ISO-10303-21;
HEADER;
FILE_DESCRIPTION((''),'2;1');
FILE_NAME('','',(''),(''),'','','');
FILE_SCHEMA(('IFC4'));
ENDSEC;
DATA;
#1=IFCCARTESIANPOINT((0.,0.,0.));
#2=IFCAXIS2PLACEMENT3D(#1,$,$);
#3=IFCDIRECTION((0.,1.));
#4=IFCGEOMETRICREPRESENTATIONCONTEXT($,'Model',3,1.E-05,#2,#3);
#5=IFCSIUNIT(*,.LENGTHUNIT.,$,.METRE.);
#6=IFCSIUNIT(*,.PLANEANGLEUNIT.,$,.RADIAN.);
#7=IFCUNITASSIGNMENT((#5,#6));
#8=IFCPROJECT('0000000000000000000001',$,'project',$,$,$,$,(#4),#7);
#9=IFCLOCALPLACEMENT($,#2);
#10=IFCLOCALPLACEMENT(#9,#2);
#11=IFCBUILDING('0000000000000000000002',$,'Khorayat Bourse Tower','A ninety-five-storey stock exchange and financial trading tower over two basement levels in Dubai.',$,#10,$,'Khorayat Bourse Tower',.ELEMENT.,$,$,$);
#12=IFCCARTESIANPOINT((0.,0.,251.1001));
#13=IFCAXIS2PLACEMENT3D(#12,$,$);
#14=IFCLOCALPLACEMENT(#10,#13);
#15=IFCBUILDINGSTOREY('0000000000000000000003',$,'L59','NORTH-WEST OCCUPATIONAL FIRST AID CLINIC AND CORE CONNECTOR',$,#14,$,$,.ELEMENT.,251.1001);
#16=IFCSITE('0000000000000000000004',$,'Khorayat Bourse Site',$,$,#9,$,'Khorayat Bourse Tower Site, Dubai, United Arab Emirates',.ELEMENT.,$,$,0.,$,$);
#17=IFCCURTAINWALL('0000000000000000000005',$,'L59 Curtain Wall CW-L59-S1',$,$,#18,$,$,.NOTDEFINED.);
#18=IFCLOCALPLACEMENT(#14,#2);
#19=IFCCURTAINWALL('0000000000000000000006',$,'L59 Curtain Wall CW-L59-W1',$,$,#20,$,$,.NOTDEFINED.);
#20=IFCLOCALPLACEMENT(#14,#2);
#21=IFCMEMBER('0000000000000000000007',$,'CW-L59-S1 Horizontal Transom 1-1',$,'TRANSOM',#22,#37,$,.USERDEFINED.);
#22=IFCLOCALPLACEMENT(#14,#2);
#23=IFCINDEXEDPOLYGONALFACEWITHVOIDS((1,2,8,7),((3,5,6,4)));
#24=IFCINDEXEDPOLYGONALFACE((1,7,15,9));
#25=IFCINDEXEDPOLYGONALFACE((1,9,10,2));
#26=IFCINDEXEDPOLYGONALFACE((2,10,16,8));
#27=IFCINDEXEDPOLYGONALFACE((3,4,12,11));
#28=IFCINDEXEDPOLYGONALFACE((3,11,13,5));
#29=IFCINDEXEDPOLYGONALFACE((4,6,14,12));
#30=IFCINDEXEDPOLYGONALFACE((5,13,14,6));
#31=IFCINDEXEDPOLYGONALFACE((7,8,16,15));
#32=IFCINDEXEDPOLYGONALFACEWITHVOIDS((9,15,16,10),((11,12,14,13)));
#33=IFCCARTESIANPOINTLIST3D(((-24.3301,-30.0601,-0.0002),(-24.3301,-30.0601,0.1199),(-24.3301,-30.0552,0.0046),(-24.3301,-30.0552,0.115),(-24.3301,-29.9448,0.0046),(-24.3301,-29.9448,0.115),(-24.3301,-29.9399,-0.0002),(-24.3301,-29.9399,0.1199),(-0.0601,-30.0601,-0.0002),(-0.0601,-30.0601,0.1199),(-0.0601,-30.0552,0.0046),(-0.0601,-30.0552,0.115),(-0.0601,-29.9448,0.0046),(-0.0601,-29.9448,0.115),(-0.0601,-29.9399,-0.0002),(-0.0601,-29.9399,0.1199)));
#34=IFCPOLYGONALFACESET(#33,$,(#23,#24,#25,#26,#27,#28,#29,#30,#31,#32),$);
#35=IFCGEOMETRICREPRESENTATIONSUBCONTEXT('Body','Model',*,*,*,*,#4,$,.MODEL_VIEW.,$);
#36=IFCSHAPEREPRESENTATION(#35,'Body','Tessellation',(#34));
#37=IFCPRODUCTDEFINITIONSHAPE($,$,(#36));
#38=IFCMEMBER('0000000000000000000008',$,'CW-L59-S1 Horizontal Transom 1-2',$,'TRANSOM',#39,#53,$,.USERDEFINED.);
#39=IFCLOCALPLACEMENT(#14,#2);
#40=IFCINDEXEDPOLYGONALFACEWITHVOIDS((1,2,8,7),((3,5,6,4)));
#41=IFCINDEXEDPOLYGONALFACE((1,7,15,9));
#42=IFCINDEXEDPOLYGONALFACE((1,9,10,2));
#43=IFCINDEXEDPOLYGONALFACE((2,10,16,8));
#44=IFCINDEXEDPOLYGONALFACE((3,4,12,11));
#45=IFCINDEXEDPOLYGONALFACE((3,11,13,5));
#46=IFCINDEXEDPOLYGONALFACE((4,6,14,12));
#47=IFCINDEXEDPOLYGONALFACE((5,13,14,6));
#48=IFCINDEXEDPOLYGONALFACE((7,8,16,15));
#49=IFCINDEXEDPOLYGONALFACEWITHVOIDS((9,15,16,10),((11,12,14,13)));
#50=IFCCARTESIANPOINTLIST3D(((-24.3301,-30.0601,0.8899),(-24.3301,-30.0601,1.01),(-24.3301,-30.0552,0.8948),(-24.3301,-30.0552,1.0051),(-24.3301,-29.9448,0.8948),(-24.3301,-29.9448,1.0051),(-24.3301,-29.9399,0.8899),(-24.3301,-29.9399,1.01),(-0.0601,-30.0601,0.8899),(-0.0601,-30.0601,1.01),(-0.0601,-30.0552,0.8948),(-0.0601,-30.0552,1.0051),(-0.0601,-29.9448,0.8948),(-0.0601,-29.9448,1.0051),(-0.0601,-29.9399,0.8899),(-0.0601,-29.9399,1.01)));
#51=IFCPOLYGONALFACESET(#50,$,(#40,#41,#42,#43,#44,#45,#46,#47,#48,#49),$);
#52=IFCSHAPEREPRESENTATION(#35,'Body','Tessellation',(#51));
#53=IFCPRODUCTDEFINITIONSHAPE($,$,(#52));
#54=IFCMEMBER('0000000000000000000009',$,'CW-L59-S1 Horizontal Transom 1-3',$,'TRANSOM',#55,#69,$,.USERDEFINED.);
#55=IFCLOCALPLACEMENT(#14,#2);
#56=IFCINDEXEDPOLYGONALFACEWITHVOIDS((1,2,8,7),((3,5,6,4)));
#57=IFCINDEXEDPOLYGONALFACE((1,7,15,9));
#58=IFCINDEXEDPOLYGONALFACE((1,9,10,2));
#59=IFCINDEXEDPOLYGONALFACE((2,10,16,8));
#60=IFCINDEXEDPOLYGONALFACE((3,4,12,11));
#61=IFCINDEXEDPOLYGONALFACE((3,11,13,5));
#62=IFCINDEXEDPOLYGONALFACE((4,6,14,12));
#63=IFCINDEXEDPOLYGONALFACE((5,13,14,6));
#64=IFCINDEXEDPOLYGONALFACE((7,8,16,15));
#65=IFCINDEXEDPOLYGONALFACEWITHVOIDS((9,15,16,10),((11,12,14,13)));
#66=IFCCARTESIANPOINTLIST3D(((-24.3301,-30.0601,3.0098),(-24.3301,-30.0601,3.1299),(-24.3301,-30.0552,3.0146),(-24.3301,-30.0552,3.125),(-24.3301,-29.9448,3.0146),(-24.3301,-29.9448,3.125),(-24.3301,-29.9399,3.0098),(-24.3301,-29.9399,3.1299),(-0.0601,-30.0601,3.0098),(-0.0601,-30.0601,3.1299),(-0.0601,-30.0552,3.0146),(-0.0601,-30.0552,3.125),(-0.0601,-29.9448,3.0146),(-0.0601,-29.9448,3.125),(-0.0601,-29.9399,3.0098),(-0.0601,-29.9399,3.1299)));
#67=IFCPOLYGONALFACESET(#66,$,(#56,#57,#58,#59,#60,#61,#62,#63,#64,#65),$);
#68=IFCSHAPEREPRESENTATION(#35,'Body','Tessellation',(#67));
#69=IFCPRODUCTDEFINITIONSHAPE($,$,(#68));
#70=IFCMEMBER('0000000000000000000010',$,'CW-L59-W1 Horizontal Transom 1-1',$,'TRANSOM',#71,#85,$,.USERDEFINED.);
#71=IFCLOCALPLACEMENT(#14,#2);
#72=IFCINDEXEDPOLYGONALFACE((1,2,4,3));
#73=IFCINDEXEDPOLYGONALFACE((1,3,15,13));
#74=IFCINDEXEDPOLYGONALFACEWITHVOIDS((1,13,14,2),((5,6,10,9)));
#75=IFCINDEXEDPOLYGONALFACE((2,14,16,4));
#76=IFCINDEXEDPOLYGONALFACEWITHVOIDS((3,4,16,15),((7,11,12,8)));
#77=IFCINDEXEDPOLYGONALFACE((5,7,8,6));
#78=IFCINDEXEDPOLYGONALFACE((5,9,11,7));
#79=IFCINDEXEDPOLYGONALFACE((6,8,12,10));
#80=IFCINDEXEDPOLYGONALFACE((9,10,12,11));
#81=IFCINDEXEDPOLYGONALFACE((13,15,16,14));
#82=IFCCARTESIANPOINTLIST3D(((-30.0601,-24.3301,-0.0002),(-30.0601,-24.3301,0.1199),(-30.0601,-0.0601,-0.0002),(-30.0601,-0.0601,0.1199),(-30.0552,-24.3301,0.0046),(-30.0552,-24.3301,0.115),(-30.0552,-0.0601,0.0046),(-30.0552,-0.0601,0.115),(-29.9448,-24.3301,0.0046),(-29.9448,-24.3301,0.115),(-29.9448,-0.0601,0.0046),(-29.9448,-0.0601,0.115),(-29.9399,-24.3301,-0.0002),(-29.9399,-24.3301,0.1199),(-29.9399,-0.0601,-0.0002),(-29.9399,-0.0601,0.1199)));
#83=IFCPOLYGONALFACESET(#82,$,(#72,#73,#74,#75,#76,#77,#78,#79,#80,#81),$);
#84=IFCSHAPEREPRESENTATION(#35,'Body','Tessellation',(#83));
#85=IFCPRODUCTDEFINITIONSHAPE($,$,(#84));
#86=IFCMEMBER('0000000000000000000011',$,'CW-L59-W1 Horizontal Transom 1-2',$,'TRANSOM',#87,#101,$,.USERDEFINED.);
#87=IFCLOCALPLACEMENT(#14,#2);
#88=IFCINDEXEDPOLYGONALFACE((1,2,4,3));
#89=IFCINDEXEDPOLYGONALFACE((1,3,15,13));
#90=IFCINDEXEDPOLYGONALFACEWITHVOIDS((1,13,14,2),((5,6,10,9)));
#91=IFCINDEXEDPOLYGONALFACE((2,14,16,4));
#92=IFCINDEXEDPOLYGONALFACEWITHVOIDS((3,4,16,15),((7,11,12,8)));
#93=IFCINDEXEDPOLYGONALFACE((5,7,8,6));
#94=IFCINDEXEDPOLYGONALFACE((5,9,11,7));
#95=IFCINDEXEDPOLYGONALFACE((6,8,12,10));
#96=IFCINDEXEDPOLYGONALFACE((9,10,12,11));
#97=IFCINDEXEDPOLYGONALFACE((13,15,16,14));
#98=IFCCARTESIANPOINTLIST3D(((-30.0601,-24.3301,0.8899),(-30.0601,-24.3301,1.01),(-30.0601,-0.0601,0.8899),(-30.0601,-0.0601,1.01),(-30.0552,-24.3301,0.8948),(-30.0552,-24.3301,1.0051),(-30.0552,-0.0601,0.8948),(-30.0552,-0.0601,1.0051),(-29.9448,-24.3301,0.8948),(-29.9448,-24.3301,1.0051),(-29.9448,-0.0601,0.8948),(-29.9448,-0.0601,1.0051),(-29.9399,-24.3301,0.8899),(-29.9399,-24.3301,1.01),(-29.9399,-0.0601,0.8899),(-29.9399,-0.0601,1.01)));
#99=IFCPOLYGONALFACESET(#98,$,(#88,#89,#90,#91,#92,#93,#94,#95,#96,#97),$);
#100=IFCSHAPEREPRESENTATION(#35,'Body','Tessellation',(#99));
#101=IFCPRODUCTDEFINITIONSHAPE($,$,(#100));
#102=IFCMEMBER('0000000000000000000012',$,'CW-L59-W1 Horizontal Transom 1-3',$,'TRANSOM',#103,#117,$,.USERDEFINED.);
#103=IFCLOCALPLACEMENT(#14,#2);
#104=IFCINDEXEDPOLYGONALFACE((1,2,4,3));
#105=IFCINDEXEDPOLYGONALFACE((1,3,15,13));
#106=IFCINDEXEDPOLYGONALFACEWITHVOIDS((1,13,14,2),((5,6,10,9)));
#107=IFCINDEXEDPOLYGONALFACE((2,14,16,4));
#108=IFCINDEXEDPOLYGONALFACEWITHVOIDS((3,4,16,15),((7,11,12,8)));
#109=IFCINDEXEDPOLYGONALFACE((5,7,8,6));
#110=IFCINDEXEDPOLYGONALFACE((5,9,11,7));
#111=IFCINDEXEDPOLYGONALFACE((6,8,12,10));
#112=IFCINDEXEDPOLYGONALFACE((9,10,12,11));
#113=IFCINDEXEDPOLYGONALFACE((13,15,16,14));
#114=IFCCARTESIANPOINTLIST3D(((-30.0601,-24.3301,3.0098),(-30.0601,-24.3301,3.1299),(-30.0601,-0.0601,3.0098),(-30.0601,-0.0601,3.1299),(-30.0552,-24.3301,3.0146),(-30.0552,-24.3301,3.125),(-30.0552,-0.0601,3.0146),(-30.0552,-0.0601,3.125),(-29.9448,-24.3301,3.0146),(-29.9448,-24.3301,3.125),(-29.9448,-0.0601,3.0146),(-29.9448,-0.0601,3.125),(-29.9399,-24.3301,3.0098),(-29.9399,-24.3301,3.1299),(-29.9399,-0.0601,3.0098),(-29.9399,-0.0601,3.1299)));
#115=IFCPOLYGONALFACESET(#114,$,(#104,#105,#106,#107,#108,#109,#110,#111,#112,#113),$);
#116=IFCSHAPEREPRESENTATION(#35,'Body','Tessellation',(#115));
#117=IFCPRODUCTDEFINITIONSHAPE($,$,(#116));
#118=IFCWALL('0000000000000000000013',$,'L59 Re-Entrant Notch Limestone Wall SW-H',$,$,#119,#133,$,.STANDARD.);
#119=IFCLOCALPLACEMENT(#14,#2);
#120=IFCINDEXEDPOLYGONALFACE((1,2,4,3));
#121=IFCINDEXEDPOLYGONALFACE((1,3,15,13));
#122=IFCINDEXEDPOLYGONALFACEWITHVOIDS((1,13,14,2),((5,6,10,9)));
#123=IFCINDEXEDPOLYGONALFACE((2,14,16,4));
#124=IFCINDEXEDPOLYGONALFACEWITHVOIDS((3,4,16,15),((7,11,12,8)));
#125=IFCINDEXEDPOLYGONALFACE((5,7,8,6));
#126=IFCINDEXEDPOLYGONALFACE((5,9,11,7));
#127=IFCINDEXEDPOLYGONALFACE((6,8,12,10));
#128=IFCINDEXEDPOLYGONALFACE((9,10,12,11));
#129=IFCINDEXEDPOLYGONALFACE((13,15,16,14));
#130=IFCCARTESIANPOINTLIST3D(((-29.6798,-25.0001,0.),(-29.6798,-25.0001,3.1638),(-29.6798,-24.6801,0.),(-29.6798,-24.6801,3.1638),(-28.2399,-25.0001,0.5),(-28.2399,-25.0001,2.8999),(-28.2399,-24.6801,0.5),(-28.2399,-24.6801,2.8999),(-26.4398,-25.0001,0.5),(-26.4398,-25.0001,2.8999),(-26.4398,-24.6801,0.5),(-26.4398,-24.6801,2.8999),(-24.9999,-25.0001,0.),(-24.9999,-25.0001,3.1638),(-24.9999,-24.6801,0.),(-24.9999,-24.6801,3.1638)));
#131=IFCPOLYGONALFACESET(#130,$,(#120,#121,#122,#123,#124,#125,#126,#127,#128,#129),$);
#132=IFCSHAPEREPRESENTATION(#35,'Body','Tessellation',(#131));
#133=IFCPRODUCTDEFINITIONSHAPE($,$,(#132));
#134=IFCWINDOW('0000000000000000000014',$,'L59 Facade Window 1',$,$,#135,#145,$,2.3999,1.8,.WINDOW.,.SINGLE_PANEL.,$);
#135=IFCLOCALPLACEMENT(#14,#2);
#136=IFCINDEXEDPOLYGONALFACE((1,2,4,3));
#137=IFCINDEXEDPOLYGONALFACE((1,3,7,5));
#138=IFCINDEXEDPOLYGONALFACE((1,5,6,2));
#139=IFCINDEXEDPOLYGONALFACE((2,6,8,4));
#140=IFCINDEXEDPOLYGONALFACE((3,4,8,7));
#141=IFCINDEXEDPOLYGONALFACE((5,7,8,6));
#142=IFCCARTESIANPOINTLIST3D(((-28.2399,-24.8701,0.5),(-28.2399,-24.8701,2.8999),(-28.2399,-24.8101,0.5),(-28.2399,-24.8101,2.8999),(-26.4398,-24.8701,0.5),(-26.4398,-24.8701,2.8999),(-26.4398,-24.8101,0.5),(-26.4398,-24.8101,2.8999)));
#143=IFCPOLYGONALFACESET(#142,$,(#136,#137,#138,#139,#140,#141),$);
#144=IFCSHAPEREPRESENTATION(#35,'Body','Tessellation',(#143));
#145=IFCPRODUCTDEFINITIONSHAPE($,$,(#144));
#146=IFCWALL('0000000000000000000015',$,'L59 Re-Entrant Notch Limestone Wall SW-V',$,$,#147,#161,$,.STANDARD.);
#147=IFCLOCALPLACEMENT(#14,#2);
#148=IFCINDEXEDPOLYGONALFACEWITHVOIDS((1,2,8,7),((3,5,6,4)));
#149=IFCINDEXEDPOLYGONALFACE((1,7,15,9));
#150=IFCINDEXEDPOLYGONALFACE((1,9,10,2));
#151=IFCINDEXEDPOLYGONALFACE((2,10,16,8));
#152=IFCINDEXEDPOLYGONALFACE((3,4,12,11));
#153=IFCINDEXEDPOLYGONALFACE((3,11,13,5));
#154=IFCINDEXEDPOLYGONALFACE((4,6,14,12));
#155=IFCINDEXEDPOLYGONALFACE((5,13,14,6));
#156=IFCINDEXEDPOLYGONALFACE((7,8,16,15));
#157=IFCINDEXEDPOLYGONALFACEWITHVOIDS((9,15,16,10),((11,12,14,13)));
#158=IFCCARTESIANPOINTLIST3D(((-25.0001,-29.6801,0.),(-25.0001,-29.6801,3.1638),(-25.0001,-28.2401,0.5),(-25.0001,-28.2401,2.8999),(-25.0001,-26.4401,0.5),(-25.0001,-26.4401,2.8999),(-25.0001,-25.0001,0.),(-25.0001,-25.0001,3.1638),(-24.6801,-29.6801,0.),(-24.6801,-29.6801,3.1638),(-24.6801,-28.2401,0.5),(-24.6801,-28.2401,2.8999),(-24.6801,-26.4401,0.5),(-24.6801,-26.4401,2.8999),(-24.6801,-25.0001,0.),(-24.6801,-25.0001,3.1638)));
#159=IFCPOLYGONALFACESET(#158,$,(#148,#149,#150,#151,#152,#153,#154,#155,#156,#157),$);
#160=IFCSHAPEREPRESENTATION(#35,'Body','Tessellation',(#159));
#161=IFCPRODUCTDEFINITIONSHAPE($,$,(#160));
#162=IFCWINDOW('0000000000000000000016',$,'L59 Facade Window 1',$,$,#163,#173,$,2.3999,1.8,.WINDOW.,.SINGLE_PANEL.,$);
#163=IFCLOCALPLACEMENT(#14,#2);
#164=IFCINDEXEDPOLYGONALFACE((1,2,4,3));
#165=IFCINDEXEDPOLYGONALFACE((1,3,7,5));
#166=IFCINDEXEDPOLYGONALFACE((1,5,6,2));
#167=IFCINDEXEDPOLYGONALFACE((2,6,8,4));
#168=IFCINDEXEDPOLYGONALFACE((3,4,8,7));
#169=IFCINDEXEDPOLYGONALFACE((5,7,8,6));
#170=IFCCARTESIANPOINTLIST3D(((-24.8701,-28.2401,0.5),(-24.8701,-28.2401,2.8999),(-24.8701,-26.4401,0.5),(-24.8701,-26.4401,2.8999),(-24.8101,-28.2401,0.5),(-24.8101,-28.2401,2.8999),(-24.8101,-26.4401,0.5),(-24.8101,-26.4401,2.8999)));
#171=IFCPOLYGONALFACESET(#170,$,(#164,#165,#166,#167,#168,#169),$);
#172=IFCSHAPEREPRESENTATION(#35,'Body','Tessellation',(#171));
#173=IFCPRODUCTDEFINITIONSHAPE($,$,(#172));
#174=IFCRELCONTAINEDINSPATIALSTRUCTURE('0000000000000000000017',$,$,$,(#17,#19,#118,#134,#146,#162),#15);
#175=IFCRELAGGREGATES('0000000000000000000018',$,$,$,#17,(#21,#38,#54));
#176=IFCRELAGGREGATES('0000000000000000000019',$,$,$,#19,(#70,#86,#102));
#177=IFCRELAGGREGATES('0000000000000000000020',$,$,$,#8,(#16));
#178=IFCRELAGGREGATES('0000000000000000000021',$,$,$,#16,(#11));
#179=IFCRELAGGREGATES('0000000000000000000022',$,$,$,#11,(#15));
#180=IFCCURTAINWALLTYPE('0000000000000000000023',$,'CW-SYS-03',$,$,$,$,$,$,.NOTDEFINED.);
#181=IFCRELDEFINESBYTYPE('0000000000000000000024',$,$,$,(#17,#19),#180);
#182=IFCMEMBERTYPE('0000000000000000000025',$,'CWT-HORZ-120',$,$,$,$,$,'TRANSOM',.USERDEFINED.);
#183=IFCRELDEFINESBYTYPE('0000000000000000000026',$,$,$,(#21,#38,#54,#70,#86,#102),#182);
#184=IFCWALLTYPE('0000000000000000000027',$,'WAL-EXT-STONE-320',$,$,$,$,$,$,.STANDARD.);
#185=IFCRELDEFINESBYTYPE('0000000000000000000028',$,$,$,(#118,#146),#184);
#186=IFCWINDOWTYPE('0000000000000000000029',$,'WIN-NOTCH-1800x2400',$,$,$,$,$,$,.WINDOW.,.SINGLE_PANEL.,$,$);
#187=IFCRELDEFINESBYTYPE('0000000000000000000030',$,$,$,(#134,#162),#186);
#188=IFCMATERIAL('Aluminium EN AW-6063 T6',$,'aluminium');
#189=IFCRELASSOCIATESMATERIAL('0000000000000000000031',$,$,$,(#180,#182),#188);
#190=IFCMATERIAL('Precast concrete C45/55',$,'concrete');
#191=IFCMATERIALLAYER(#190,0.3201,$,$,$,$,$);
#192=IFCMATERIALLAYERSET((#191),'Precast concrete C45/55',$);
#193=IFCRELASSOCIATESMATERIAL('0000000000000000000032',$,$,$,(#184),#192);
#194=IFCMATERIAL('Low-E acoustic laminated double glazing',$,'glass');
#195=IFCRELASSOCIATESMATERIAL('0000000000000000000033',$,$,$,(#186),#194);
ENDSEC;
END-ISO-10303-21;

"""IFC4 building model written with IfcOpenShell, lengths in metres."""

from ifc_helpers import new_model, si_unit, direction, frame, frame_2d, origin, origin_2d, place, context, subcontext, project, spatial, rectangle, hollow_rectangle, extrude, source, transform, mapped, material, layer, layer_set, material_profile, profile_set, type_object, element, fill, aggregate, save


model = new_model("IFC4")

# Units and contexts
model_context = context("Model", 3, precision=1e-05, world=origin(), true_north=direction((0.0, 1.0)))
body_context = subcontext(model_context, "Body", "Model", "MODEL_VIEW")
ifc_project = project(units=[si_unit("LENGTHUNIT", "METRE"), si_unit("PLANEANGLEUNIT", "RADIAN")], contexts=[model_context])

# Site, building, storey
site_placement = place(None, origin())
site = spatial("IfcSite", under=ifc_project, at=site_placement, Name="Khorayat Bourse Site", LongName="Khorayat Bourse Tower Site, Dubai, United Arab Emirates", CompositionType="ELEMENT", RefElevation=0.0)
building_placement = place(site_placement, origin())
building = spatial("IfcBuilding", under=site, at=building_placement, Name="Khorayat Bourse Tower", Description="A ninety-five-storey stock exchange and financial trading tower over two basement levels in Dubai.", LongName="Khorayat Bourse Tower", CompositionType="ELEMENT")
storey_placement = place(building_placement, frame((0.0, 0.0, 251.1001)))
storey = spatial("IfcBuildingStorey", under=building, at=storey_placement, Name="L59", Description="NORTH-WEST OCCUPATIONAL FIRST AID CLINIC AND CORE CONNECTOR", CompositionType="ELEMENT", Elevation=251.1001)

# Curtain walls
ifc_material_1 = material(Name="Aluminium EN AW-6063 T6", Category="aluminium")
curtain_wall_type = type_object("IfcCurtainWallType", Name="CW-SYS-03", PredefinedType="NOTDEFINED", material=ifc_material_1)
curtain_wall_1_placement = place(storey_placement, origin())
curtain_wall_1 = element("IfcCurtainWall", 1, at=curtain_wall_1_placement, inside=storey, type_object=curtain_wall_type, Name="L59 Curtain Wall CW-L59-S1", PredefinedType="NOTDEFINED")
curtain_wall_2_placement = place(storey_placement, origin())
curtain_wall_2 = element("IfcCurtainWall", 2, at=curtain_wall_2_placement, inside=storey, type_object=curtain_wall_type, Name="L59 Curtain Wall CW-L59-W1", PredefinedType="NOTDEFINED")

# Members
ifc_material_profile_1 = material_profile(ifc_material_1, hollow_rectangle(XDim=0.1201, YDim=0.1201, WallThickness=0.0049, at=origin_2d()), Name="ALU 120x120x5")
ifc_profile_set_1 = profile_set([ifc_material_profile_1], Name="Aluminium EN AW-6063 T6")
member_type_1 = type_object("IfcMemberType", Name="CWT-HORZ-120", ElementType="TRANSOM", PredefinedType="USERDEFINED", material=ifc_profile_set_1)
shared_shape_1 = source(origin(), body_context, "Body", "SweptSolid", [
    extrude(hollow_rectangle(XDim=0.1201, YDim=0.1201, WallThickness=0.0049, at=origin_2d()), origin(), (0.0, 0.0, 1.0), 24.27),
])
member_1_placement = place(storey_placement, frame((-24.3301, -30.0, 0.0598), z_axis=(1.0, 0.0, 0.0), x_axis=(0.0, 1.0, 0.0)))
member_1 = element("IfcMember", 3, at=member_1_placement, type_object=member_type_1, Name="CW-L59-S1 Horizontal Transom 1-1", ObjectType="TRANSOM", PredefinedType="USERDEFINED", context=body_context, shape_type="MappedRepresentation", body=[
    mapped(shared_shape_1, transform((0.0, 0.0, 0.0), scale=1.0)),
])
member_2_placement = place(storey_placement, frame((-24.3301, -30.0, 0.95), z_axis=(1.0, 0.0, 0.0), x_axis=(0.0, 1.0, 0.0)))
member_2 = element("IfcMember", 4, at=member_2_placement, type_object=member_type_1, Name="CW-L59-S1 Horizontal Transom 1-2", ObjectType="TRANSOM", PredefinedType="USERDEFINED", context=body_context, shape_type="MappedRepresentation", body=[
    mapped(shared_shape_1, transform((0.0, 0.0, 0.0), scale=1.0)),
])
member_3_placement = place(storey_placement, frame((-24.3301, -30.0, 3.0698), z_axis=(1.0, 0.0, 0.0), x_axis=(0.0, 1.0, 0.0)))
member_3 = element("IfcMember", 5, at=member_3_placement, type_object=member_type_1, Name="CW-L59-S1 Horizontal Transom 1-3", ObjectType="TRANSOM", PredefinedType="USERDEFINED", context=body_context, shape_type="MappedRepresentation", body=[
    mapped(shared_shape_1, transform((0.0, 0.0, 0.0), scale=1.0)),
])
aggregate(curtain_wall_1, [member_1, member_2, member_3])
member_4_placement = place(storey_placement, frame((-30.0, -24.3301, 0.0598), z_axis=(0.0, 1.0, 0.0), x_axis=(-1.0, 0.0, 0.0)))
member_4 = element("IfcMember", 6, at=member_4_placement, type_object=member_type_1, Name="CW-L59-W1 Horizontal Transom 1-1", ObjectType="TRANSOM", PredefinedType="USERDEFINED", context=body_context, shape_type="MappedRepresentation", body=[
    mapped(shared_shape_1, transform((0.0, 0.0, 0.0), scale=1.0)),
])
member_5_placement = place(storey_placement, frame((-30.0, -24.3301, 0.95), z_axis=(0.0, 1.0, 0.0), x_axis=(-1.0, 0.0, 0.0)))
member_5 = element("IfcMember", 7, at=member_5_placement, type_object=member_type_1, Name="CW-L59-W1 Horizontal Transom 1-2", ObjectType="TRANSOM", PredefinedType="USERDEFINED", context=body_context, shape_type="MappedRepresentation", body=[
    mapped(shared_shape_1, transform((0.0, 0.0, 0.0), scale=1.0)),
])
member_6_placement = place(storey_placement, frame((-30.0, -24.3301, 3.0698), z_axis=(0.0, 1.0, 0.0), x_axis=(-1.0, 0.0, 0.0)))
member_6 = element("IfcMember", 8, at=member_6_placement, type_object=member_type_1, Name="CW-L59-W1 Horizontal Transom 1-3", ObjectType="TRANSOM", PredefinedType="USERDEFINED", context=body_context, shape_type="MappedRepresentation", body=[
    mapped(shared_shape_1, transform((0.0, 0.0, 0.0), scale=1.0)),
])
aggregate(curtain_wall_2, [member_4, member_5, member_6])

# Walls, openings, windows
ifc_material_2 = material(Name="Precast concrete C45/55", Category="concrete")
ifc_layer = layer(ifc_material_2, 0.3201)
ifc_layer_set = layer_set([ifc_layer], Name="Precast concrete C45/55")
wall_type = type_object("IfcWallType", Name="WAL-EXT-STONE-320", PredefinedType="STANDARD", material=ifc_layer_set)
shared_shape_2 = source(origin(), body_context, "Body", "SweptSolid", [
    extrude(rectangle(XDim=4.6799, YDim=0.3201, at=frame_2d((2.3398, 0.0))), origin(), (0.0, 0.0, 1.0), 3.1638),
])
wall_1_placement = place(storey_placement, frame((-25.0, -24.8401, 0.0), z_axis=(0.0, 0.0, 1.0), x_axis=(-1.0, 0.0, 0.0)))
wall_1 = element("IfcWall", 9, at=wall_1_placement, inside=storey, type_object=wall_type, Name="L59 Re-Entrant Notch Limestone Wall SW-H", PredefinedType="STANDARD", context=body_context, shape_type="MappedRepresentation", body=[
    mapped(shared_shape_2, transform((0.0, 0.0, 0.0), scale=1.0)),
])
shared_shape_3 = source(origin(), body_context, "Body", "SweptSolid", [
    extrude(rectangle(XDim=1.8, YDim=2.3999, at=frame_2d((0.8999, 1.2))), frame((0.0, 0.1699, 0.0), z_axis=(0.0, -1.0, 0.0), x_axis=(1.0, 0.0, 0.0)), (0.0, 0.0, 1.0), 0.3401),
])
opening_1_placement = place(wall_1_placement, frame((1.4399, 0.0, 0.5)))
opening_1 = element("IfcOpeningElement", 10, at=opening_1_placement, cuts=wall_1, PredefinedType="OPENING", context=body_context, shape_type="MappedRepresentation", body=[
    mapped(shared_shape_3, transform((0.0, 0.0, 0.0), scale=1.0)),
])
ifc_material_3 = material(Name="Low-E acoustic laminated double glazing", Category="glass")
window_type = type_object("IfcWindowType", Name="WIN-NOTCH-1800x2400", PartitioningType="SINGLE_PANEL", PredefinedType="WINDOW", material=ifc_material_3)
shared_shape_4 = source(origin(), body_context, "Body", "SweptSolid", [
    extrude(rectangle(XDim=1.8, YDim=2.3999, at=frame_2d((0.8999, 1.2))), frame((0.0, 0.03, 0.0), z_axis=(0.0, -1.0, 0.0), x_axis=(1.0, 0.0, 0.0)), (0.0, 0.0, 1.0), 0.0601),
])
window_1_placement = place(opening_1_placement, origin())
window_1 = element("IfcWindow", 11, at=window_1_placement, inside=storey, type_object=window_type, Name="L59 Facade Window 1", OverallHeight=2.3999, OverallWidth=1.8, PartitioningType="SINGLE_PANEL", PredefinedType="WINDOW", context=body_context, shape_type="MappedRepresentation", body=[
    mapped(shared_shape_4, transform((0.0, 0.0, 0.0), scale=1.0)),
])
fill(opening_1, window_1)
wall_2_placement = place(storey_placement, frame((-24.8401, -29.6799, 0.0), z_axis=(0.0, 0.0, 1.0), x_axis=(0.0, 1.0, 0.0)))
wall_2 = element("IfcWall", 12, at=wall_2_placement, inside=storey, type_object=wall_type, Name="L59 Re-Entrant Notch Limestone Wall SW-V", PredefinedType="STANDARD", context=body_context, shape_type="MappedRepresentation", body=[
    mapped(shared_shape_2, transform((0.0, 0.0, 0.0), scale=1.0)),
])
opening_2_placement = place(wall_2_placement, frame((1.4399, 0.0, 0.5)))
opening_2 = element("IfcOpeningElement", 13, at=opening_2_placement, cuts=wall_2, PredefinedType="OPENING", context=body_context, shape_type="MappedRepresentation", body=[
    mapped(shared_shape_3, transform((0.0, 0.0, 0.0), scale=1.0)),
])
window_2_placement = place(opening_2_placement, origin())
window_2 = element("IfcWindow", 14, at=window_2_placement, inside=storey, type_object=window_type, Name="L59 Facade Window 1", OverallHeight=2.3999, OverallWidth=1.8, PartitioningType="SINGLE_PANEL", PredefinedType="WINDOW", context=body_context, shape_type="MappedRepresentation", body=[
    mapped(shared_shape_4, transform((0.0, 0.0, 0.0), scale=1.0)),
])
fill(opening_2, window_2)

save(model, "model.ifc")
